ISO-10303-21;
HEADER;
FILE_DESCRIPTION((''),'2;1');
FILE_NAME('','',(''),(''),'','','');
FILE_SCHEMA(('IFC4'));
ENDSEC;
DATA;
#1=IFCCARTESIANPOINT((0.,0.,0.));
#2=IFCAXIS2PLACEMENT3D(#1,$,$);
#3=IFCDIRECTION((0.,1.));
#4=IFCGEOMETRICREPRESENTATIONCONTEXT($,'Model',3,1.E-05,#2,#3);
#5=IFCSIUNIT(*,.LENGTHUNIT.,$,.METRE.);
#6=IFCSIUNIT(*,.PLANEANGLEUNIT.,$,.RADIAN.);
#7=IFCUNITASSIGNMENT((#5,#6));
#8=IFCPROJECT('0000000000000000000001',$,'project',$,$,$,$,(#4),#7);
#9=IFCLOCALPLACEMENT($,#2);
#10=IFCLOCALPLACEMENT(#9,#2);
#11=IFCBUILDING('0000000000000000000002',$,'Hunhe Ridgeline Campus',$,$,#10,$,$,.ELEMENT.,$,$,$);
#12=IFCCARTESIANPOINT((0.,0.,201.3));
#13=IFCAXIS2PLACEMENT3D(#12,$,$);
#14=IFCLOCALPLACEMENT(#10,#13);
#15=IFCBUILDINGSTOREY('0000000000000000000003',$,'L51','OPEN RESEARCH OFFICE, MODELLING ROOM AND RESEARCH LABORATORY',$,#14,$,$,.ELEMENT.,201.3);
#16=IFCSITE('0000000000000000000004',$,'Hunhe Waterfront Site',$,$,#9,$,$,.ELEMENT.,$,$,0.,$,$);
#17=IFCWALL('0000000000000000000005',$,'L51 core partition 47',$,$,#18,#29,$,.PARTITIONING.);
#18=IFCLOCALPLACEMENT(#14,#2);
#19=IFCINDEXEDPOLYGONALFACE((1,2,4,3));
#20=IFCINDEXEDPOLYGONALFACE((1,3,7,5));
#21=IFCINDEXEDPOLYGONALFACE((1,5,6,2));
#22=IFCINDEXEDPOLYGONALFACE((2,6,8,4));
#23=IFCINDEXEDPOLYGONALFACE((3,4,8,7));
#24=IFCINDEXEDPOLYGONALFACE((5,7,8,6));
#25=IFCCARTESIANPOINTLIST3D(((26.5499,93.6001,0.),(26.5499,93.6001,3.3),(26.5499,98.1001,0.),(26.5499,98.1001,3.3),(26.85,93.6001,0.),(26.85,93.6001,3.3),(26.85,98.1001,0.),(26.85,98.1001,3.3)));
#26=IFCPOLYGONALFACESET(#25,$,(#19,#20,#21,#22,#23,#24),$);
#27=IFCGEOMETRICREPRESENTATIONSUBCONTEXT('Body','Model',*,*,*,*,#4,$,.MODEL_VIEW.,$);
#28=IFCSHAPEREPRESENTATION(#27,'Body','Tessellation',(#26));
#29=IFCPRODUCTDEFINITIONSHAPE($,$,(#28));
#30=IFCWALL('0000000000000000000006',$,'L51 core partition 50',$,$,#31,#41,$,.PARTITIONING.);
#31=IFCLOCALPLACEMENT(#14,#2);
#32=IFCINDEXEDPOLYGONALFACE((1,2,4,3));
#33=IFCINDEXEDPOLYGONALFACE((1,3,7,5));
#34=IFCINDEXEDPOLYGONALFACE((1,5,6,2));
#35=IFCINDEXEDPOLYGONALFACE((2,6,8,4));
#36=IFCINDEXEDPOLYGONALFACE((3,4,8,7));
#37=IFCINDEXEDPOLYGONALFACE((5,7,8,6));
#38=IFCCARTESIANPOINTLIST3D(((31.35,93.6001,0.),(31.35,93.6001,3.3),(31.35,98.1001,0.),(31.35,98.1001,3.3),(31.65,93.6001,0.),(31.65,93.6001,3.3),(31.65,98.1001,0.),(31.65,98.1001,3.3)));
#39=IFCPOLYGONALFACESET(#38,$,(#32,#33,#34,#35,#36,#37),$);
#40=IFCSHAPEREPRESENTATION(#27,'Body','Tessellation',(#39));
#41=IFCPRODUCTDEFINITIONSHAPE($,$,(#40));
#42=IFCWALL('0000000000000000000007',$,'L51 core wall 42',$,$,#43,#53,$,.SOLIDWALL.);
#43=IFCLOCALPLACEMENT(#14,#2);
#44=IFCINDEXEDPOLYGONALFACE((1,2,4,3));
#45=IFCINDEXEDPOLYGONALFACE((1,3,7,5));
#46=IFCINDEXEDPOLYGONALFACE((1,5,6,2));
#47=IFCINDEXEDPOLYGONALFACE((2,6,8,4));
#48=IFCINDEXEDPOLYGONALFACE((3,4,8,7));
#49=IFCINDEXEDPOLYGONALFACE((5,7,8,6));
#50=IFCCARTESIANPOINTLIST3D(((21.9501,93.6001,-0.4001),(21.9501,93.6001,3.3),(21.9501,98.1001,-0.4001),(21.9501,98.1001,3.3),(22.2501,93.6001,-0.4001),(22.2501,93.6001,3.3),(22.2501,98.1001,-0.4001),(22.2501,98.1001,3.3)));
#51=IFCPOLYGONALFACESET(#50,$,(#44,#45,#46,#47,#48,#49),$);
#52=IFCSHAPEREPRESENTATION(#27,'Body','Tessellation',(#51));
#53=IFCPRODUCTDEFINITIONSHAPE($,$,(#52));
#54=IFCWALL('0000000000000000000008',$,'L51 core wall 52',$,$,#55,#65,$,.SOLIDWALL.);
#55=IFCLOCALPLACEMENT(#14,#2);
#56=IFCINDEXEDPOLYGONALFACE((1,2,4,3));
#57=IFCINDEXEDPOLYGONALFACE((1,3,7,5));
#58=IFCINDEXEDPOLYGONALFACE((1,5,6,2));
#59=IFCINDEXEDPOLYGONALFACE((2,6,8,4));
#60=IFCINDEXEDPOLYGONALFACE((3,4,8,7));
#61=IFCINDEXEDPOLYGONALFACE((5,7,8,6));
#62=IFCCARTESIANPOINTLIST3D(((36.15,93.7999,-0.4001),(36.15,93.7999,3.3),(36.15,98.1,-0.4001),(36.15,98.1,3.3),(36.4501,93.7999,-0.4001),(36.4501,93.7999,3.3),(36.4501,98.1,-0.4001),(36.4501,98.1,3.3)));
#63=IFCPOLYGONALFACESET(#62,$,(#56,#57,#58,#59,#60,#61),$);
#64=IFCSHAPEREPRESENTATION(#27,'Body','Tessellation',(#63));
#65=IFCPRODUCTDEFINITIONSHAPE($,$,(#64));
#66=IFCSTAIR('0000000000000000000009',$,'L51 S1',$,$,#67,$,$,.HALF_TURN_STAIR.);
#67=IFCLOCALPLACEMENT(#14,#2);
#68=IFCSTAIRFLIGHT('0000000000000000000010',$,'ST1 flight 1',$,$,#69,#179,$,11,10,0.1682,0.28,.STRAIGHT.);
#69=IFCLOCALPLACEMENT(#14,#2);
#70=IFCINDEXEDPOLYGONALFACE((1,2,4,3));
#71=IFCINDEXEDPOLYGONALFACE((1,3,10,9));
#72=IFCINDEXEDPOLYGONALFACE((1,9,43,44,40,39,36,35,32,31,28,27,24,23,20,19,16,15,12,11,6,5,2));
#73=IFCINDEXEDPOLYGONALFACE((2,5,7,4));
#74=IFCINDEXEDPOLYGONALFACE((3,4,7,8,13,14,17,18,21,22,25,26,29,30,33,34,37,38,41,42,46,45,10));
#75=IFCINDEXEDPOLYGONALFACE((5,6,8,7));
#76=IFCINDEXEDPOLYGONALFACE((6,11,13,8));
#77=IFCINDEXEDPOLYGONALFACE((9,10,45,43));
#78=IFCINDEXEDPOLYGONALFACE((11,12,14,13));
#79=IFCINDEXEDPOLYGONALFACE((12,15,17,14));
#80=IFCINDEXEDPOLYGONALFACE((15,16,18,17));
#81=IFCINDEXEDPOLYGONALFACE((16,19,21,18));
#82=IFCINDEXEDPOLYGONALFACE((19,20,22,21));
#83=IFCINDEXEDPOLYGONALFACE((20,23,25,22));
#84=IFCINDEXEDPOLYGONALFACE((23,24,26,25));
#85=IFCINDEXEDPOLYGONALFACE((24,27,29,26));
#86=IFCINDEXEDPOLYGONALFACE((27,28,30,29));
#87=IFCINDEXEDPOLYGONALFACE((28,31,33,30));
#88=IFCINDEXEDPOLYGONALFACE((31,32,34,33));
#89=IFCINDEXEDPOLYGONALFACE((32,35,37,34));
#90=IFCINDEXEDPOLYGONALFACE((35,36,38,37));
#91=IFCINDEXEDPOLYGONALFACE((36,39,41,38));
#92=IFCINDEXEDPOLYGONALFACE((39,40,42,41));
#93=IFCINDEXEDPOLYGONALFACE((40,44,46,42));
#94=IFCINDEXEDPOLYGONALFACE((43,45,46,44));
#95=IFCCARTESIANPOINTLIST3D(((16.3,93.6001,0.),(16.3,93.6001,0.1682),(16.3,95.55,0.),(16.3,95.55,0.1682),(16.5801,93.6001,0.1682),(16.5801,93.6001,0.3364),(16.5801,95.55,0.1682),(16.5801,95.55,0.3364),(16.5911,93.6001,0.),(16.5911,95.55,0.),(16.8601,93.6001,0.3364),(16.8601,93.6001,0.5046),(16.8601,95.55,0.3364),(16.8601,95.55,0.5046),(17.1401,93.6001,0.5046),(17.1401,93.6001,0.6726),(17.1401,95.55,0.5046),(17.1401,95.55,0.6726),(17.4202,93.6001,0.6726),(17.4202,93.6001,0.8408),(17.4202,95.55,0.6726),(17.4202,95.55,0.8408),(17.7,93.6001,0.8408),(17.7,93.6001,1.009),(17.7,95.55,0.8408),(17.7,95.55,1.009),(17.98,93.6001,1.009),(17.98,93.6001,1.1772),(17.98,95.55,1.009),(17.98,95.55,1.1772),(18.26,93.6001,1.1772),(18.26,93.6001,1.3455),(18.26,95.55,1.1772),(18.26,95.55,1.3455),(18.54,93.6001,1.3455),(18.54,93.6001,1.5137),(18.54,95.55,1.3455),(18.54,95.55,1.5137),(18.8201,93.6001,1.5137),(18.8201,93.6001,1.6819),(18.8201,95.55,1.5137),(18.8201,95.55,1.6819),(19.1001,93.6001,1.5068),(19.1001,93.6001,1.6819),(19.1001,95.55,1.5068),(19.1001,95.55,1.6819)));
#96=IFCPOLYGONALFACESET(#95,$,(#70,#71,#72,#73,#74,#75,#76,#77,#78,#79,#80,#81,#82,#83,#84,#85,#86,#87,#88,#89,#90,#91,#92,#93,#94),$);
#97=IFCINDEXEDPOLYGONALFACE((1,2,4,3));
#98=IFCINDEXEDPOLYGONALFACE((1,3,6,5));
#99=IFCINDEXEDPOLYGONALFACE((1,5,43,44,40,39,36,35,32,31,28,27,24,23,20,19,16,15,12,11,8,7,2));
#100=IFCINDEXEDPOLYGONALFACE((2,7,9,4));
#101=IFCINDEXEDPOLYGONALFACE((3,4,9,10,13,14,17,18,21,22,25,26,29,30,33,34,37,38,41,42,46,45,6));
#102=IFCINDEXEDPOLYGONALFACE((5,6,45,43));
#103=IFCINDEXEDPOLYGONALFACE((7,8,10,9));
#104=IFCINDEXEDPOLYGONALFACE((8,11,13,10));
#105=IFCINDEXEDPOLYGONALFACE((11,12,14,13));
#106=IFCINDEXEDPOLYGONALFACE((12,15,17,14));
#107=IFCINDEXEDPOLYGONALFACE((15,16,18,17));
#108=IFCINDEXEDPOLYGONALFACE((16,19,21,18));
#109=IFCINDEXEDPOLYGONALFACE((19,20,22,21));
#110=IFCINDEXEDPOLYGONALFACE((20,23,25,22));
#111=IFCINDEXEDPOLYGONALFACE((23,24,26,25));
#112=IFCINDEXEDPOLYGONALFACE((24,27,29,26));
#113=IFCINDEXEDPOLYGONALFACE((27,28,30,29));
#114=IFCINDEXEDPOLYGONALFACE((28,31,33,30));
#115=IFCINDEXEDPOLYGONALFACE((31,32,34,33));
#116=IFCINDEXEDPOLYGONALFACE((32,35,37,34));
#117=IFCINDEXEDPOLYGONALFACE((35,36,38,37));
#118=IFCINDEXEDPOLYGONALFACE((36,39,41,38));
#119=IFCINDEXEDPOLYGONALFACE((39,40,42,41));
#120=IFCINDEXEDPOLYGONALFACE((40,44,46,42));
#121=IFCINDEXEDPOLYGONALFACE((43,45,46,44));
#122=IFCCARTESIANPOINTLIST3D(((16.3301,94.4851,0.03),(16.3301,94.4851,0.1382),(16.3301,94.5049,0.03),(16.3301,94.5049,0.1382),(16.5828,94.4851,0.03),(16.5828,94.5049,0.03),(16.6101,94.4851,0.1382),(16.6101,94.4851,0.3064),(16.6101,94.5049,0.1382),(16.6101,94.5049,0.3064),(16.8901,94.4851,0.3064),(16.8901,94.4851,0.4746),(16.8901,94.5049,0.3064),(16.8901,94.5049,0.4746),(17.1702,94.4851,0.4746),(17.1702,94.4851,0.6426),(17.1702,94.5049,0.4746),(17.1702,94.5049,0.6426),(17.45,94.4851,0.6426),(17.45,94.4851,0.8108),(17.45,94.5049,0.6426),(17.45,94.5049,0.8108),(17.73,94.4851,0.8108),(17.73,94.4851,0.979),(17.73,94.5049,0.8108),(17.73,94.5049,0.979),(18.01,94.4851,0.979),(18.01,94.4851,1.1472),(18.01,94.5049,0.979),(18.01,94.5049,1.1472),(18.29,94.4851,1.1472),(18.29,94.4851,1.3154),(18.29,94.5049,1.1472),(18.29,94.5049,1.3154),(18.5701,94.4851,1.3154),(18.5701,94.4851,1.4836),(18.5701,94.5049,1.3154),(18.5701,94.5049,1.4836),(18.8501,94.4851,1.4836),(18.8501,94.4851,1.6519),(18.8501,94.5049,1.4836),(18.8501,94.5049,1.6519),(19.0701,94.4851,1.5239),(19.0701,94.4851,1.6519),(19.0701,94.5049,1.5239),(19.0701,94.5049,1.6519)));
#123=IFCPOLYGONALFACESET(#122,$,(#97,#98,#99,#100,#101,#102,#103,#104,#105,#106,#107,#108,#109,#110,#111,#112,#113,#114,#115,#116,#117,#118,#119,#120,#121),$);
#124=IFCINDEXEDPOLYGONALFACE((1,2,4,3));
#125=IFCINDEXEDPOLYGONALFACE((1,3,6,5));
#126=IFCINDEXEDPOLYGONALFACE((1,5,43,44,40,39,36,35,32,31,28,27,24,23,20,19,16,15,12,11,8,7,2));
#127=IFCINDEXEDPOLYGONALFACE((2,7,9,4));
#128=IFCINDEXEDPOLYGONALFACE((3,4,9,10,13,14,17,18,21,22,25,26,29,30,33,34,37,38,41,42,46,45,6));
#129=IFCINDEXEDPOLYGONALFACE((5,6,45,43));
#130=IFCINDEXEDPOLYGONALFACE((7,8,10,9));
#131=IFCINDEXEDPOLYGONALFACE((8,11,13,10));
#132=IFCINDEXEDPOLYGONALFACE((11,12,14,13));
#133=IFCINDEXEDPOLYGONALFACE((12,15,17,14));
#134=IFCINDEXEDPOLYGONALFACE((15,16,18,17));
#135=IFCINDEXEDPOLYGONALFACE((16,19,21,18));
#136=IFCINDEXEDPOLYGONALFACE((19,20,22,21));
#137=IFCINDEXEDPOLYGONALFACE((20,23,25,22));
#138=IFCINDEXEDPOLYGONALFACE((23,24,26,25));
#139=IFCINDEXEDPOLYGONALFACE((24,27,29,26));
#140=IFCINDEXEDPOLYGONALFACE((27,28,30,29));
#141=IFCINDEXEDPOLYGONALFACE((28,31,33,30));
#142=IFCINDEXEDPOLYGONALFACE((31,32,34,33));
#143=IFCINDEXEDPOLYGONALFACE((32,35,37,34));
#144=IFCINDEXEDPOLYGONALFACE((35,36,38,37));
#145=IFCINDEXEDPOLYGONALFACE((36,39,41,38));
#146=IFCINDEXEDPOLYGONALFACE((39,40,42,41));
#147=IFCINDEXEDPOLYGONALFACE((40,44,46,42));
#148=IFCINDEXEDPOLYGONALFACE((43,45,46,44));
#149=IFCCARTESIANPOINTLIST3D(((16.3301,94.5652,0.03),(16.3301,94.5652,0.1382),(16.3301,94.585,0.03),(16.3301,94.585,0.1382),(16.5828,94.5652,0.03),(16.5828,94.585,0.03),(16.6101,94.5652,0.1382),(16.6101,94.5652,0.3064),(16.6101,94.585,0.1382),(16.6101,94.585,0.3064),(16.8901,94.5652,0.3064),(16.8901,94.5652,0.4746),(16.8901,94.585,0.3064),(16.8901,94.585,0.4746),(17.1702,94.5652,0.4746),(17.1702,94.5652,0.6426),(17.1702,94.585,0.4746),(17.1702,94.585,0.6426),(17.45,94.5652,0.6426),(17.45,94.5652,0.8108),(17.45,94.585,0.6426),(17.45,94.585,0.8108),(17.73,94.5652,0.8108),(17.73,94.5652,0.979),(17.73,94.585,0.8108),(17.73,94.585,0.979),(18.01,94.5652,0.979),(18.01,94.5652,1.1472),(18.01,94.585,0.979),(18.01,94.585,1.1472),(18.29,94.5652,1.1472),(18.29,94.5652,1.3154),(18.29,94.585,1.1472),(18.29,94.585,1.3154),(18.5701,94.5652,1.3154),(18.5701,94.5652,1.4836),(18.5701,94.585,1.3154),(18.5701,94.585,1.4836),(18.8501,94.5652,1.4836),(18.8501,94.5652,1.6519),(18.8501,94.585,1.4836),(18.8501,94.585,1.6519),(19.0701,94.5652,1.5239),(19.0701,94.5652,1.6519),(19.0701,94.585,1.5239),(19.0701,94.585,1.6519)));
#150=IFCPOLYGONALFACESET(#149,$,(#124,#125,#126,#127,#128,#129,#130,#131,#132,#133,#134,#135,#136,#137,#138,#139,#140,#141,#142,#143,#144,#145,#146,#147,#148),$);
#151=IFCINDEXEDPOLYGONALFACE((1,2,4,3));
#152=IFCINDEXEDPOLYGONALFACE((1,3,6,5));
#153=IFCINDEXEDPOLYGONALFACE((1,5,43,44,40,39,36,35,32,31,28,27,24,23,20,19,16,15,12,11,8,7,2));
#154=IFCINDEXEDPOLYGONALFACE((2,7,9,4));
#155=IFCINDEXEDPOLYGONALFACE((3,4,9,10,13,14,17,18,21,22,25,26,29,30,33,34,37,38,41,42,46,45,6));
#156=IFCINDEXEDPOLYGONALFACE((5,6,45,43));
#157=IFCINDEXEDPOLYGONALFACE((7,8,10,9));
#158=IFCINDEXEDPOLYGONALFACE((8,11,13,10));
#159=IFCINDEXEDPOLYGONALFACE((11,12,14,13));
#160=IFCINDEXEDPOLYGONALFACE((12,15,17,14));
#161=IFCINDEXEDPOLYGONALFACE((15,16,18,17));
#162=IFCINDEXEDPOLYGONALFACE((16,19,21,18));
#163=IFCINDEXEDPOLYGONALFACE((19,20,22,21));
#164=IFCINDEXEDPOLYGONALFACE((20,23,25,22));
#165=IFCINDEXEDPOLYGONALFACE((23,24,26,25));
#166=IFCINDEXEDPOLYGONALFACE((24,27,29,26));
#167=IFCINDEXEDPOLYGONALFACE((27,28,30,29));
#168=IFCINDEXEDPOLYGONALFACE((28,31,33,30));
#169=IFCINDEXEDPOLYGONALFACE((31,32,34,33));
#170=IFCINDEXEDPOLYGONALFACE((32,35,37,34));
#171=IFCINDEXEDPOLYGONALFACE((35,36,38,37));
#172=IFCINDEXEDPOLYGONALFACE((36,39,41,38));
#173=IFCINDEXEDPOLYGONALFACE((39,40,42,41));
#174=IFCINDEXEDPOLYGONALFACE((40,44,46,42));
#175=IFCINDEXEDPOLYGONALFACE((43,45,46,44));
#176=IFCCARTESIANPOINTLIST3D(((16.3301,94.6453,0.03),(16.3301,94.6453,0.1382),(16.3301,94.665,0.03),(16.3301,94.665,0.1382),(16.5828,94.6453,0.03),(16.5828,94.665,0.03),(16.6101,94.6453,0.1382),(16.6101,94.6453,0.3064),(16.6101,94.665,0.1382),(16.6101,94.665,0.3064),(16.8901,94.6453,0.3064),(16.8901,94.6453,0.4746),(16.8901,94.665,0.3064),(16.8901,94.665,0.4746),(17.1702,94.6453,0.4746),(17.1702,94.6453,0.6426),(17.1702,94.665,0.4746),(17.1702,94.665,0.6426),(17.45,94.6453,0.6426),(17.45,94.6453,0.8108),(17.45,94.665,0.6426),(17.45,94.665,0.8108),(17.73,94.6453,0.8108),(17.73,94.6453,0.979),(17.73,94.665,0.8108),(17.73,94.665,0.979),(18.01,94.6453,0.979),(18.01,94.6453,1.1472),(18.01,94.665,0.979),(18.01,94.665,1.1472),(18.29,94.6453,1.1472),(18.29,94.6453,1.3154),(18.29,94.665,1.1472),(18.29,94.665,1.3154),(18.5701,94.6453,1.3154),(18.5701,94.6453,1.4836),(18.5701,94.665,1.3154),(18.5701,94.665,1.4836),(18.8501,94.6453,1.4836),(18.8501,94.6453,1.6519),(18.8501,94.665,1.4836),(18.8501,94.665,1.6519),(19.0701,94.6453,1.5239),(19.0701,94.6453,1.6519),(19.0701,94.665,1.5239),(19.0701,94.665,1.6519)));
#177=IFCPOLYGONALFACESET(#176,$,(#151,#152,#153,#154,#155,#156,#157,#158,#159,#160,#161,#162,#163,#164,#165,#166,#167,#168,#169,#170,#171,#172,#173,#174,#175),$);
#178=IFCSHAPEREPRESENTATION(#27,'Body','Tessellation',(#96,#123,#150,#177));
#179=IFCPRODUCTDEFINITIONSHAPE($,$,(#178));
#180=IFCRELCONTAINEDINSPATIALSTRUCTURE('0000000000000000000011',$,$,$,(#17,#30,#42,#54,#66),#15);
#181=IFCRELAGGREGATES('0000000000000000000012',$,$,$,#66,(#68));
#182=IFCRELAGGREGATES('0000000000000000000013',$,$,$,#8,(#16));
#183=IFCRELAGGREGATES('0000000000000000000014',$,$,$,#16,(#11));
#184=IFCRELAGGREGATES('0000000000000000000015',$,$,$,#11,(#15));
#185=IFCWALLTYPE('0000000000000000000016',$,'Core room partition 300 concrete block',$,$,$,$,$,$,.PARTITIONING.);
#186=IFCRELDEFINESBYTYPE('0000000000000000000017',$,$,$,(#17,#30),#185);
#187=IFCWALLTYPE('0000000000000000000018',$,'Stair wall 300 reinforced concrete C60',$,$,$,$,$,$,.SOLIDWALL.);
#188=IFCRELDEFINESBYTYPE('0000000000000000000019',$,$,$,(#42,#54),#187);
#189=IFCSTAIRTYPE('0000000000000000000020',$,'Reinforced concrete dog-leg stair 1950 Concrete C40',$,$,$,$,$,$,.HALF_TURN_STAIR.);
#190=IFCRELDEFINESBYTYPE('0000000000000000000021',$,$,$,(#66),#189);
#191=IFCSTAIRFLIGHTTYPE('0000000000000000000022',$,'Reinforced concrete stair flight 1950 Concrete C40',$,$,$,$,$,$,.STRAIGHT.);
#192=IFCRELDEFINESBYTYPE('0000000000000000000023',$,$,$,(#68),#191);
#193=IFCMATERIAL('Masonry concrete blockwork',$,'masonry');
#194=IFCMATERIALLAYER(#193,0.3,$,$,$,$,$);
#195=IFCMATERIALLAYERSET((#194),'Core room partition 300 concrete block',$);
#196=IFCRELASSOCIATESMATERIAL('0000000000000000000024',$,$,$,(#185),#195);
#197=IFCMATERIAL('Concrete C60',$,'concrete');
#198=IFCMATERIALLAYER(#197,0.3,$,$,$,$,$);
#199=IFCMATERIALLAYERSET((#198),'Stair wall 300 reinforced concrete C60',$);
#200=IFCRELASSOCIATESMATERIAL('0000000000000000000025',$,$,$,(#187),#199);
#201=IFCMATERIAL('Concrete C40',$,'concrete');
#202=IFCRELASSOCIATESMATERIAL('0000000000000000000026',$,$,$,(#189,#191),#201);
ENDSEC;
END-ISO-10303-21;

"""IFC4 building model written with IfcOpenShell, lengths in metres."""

from ifc_helpers import new_model, si_unit, direction, frame, frame_2d, origin, place, context, subcontext, project, spatial, polyline, rectangle, outline, extrude, material, layer, layer_set, type_object, element, aggregate, save


model = new_model("IFC4")

# Units and contexts
model_context = context("Model", 3, precision=1e-05, world=origin(), true_north=direction((0.0, 1.0)))
body_context = subcontext(model_context, "Body", "Model", "MODEL_VIEW")
ifc_project = project(units=[si_unit("LENGTHUNIT", "METRE"), si_unit("PLANEANGLEUNIT", "RADIAN")], contexts=[model_context])

# Site, building, storey
site_placement = place(None, origin())
site = spatial("IfcSite", under=ifc_project, at=site_placement, Name="Hunhe Waterfront Site", CompositionType="ELEMENT", RefElevation=0.0)
building_placement = place(site_placement, origin())
building = spatial("IfcBuilding", under=site, at=building_placement, Name="Hunhe Ridgeline Campus", CompositionType="ELEMENT")
storey_placement = place(building_placement, frame((0.0, 0.0, 201.3)))
storey = spatial("IfcBuildingStorey", under=building, at=storey_placement, Name="L51", Description="OPEN RESEARCH OFFICE, MODELLING ROOM AND RESEARCH LABORATORY", CompositionType="ELEMENT", Elevation=201.3)

# Walls
ifc_material_1 = material(Name="Masonry concrete blockwork", Category="masonry")
ifc_layer_1 = layer(ifc_material_1, 0.3)
ifc_layer_set_1 = layer_set([ifc_layer_1], Name="Core room partition 300 concrete block")
wall_type_1 = type_object("IfcWallType", Name="Core room partition 300 concrete block", PredefinedType="PARTITIONING", material=ifc_layer_set_1)
for number, where, z_axis, x_axis, name in (
    (1, (26.7, 93.6001, 0.0), (0.0, 0.0, 1.0), (0.0, 1.0, 0.0), "L51 core partition 47"),
    (2, (31.5, 93.6001, 0.0), (0.0, 0.0, 1.0), (0.0, 1.0, 0.0), "L51 core partition 50"),
):
    element("IfcWall", number, at=place(storey_placement, frame(where, z_axis=z_axis, x_axis=x_axis)), inside=storey, type_object=wall_type_1, Name=name, PredefinedType="PARTITIONING", context=body_context, shape_type="SweptSolid", body=[
        extrude(rectangle(XDim=4.5, YDim=0.3, at=frame_2d((2.25, 0.0))), origin(), (0.0, 0.0, 1.0), 3.3),
    ])

# Shared definitions
ifc_material_2 = material(Name="Concrete C60", Category="concrete")
ifc_layer_2 = layer(ifc_material_2, 0.3)
ifc_layer_set_2 = layer_set([ifc_layer_2], Name="Stair wall 300 reinforced concrete C60")
wall_type_2 = type_object("IfcWallType", Name="Stair wall 300 reinforced concrete C60", PredefinedType="SOLIDWALL", material=ifc_layer_set_2)

# Walls
wall_1_placement = place(storey_placement, frame((22.1001, 93.6001, -0.4001), z_axis=(0.0, 0.0, 1.0), x_axis=(0.0, 1.0, 0.0)))
element("IfcWall", 3, at=wall_1_placement, inside=storey, type_object=wall_type_2, Name="L51 core wall 42", PredefinedType="SOLIDWALL", context=body_context, shape_type="SweptSolid", body=[
    extrude(rectangle(XDim=4.5, YDim=0.3, at=frame_2d((2.25, 0.0))), origin(), (0.0, 0.0, 1.0), 3.7002),
])
wall_2_placement = place(storey_placement, frame((36.3, 93.8, -0.4001), z_axis=(0.0, 0.0, 1.0), x_axis=(0.0, 1.0, 0.0)))
element("IfcWall", 4, at=wall_2_placement, inside=storey, type_object=wall_type_2, Name="L51 core wall 52", PredefinedType="SOLIDWALL", context=body_context, shape_type="SweptSolid", body=[
    extrude(rectangle(XDim=4.3, YDim=0.3, at=frame_2d((2.1499, 0.0))), origin(), (0.0, 0.0, 1.0), 3.7002),
])

# Stair, stair flight
ifc_material_3 = material(Name="Concrete C40", Category="concrete")
stair_type = type_object("IfcStairType", Name="Reinforced concrete dog-leg stair 1950 Concrete C40", PredefinedType="HALF_TURN_STAIR", material=ifc_material_3)
stair_placement = place(storey_placement, origin())
stair = element("IfcStair", 5, at=stair_placement, inside=storey, type_object=stair_type, Name="L51 S1", PredefinedType="HALF_TURN_STAIR")
stair_flight_type = type_object("IfcStairFlightType", Name="Reinforced concrete stair flight 1950 Concrete C40", PredefinedType="STRAIGHT", material=ifc_material_3)
stair_flight_1_placement = place(storey_placement, frame((16.3, 94.575, 0.0), z_axis=(0.0, 0.0, 1.0), x_axis=(1.0, 0.0, 0.0)))
stair_flight_1 = element("IfcStairFlight", 6, at=stair_flight_1_placement, type_object=stair_flight_type, Name="ST1 flight 1", NumberOfRisers=11, NumberOfTreads=10, PredefinedType="STRAIGHT", RiserHeight=0.1682, TreadLength=0.28, context=body_context, shape_type="SweptSolid", body=[
    extrude(outline(polyline([(0.0, 0.0), (0.0, 0.1682), (0.28, 0.1682), (0.28, 0.3364), (0.5601, 0.3364), (0.5601, 0.5046), (0.8401, 0.5046), (0.8401, 0.6726), (1.1201, 0.6726), (1.1201, 0.8408), (1.3999, 0.8408), (1.3999, 1.009), (1.6799, 1.009), (1.6799, 1.1772), (1.96, 1.1772), (1.96, 1.3455), (2.24, 1.3455), (2.24, 1.5137), (2.52, 1.5137), (2.52, 1.6819), (2.8, 1.6819), (2.8, 1.8501), (2.8, 1.5068), (0.291, 0.0), (0.0, 0.0)])), frame((0.0, 0.9751, 0.0), z_axis=(0.0, -1.0, 0.0), x_axis=(1.0, 0.0, 0.0)), (0.0, 0.0, 1.0), 1.95),
    extrude(outline(polyline([(0.03, 0.03), (0.03, 0.1382), (0.3101, 0.1382), (0.3101, 0.3064), (0.5901, 0.3064), (0.5901, 0.4746), (0.8701, 0.4746), (0.8701, 0.6426), (1.1499, 0.6426), (1.1499, 0.8108), (1.4299, 0.8108), (1.4299, 0.979), (1.71, 0.979), (1.71, 1.1472), (1.99, 1.1472), (1.99, 1.3154), (2.27, 1.3154), (2.27, 1.4836), (2.55, 1.4836), (2.55, 1.6519), (2.77, 1.6519), (2.77, 1.5239), (0.2827, 0.03), (0.03, 0.03)])), frame((0.0, -0.0701, 0.0), z_axis=(0.0, -1.0, 0.0), x_axis=(1.0, 0.0, 0.0)), (0.0, 0.0, 1.0), 0.0198),
    extrude(outline(polyline([(0.03, 0.03), (0.03, 0.1382), (0.3101, 0.1382), (0.3101, 0.3064), (0.5901, 0.3064), (0.5901, 0.4746), (0.8701, 0.4746), (0.8701, 0.6426), (1.1499, 0.6426), (1.1499, 0.8108), (1.4299, 0.8108), (1.4299, 0.979), (1.71, 0.979), (1.71, 1.1472), (1.99, 1.1472), (1.99, 1.3154), (2.27, 1.3154), (2.27, 1.4836), (2.55, 1.4836), (2.55, 1.6519), (2.77, 1.6519), (2.77, 1.5239), (0.2827, 0.03), (0.03, 0.03)])), frame((0.0, 0.01, 0.0), z_axis=(0.0, -1.0, 0.0), x_axis=(1.0, 0.0, 0.0)), (0.0, 0.0, 1.0), 0.0198),
    extrude(outline(polyline([(0.03, 0.03), (0.03, 0.1382), (0.3101, 0.1382), (0.3101, 0.3064), (0.5901, 0.3064), (0.5901, 0.4746), (0.8701, 0.4746), (0.8701, 0.6426), (1.1499, 0.6426), (1.1499, 0.8108), (1.4299, 0.8108), (1.4299, 0.979), (1.71, 0.979), (1.71, 1.1472), (1.99, 1.1472), (1.99, 1.3154), (2.27, 1.3154), (2.27, 1.4836), (2.55, 1.4836), (2.55, 1.6519), (2.77, 1.6519), (2.77, 1.5239), (0.2827, 0.03), (0.03, 0.03)])), frame((0.0, 0.0901, 0.0), z_axis=(0.0, -1.0, 0.0), x_axis=(1.0, 0.0, 0.0)), (0.0, 0.0, 1.0), 0.0198),
])
aggregate(stair, [stair_flight_1])

save(model, "model.ifc")
